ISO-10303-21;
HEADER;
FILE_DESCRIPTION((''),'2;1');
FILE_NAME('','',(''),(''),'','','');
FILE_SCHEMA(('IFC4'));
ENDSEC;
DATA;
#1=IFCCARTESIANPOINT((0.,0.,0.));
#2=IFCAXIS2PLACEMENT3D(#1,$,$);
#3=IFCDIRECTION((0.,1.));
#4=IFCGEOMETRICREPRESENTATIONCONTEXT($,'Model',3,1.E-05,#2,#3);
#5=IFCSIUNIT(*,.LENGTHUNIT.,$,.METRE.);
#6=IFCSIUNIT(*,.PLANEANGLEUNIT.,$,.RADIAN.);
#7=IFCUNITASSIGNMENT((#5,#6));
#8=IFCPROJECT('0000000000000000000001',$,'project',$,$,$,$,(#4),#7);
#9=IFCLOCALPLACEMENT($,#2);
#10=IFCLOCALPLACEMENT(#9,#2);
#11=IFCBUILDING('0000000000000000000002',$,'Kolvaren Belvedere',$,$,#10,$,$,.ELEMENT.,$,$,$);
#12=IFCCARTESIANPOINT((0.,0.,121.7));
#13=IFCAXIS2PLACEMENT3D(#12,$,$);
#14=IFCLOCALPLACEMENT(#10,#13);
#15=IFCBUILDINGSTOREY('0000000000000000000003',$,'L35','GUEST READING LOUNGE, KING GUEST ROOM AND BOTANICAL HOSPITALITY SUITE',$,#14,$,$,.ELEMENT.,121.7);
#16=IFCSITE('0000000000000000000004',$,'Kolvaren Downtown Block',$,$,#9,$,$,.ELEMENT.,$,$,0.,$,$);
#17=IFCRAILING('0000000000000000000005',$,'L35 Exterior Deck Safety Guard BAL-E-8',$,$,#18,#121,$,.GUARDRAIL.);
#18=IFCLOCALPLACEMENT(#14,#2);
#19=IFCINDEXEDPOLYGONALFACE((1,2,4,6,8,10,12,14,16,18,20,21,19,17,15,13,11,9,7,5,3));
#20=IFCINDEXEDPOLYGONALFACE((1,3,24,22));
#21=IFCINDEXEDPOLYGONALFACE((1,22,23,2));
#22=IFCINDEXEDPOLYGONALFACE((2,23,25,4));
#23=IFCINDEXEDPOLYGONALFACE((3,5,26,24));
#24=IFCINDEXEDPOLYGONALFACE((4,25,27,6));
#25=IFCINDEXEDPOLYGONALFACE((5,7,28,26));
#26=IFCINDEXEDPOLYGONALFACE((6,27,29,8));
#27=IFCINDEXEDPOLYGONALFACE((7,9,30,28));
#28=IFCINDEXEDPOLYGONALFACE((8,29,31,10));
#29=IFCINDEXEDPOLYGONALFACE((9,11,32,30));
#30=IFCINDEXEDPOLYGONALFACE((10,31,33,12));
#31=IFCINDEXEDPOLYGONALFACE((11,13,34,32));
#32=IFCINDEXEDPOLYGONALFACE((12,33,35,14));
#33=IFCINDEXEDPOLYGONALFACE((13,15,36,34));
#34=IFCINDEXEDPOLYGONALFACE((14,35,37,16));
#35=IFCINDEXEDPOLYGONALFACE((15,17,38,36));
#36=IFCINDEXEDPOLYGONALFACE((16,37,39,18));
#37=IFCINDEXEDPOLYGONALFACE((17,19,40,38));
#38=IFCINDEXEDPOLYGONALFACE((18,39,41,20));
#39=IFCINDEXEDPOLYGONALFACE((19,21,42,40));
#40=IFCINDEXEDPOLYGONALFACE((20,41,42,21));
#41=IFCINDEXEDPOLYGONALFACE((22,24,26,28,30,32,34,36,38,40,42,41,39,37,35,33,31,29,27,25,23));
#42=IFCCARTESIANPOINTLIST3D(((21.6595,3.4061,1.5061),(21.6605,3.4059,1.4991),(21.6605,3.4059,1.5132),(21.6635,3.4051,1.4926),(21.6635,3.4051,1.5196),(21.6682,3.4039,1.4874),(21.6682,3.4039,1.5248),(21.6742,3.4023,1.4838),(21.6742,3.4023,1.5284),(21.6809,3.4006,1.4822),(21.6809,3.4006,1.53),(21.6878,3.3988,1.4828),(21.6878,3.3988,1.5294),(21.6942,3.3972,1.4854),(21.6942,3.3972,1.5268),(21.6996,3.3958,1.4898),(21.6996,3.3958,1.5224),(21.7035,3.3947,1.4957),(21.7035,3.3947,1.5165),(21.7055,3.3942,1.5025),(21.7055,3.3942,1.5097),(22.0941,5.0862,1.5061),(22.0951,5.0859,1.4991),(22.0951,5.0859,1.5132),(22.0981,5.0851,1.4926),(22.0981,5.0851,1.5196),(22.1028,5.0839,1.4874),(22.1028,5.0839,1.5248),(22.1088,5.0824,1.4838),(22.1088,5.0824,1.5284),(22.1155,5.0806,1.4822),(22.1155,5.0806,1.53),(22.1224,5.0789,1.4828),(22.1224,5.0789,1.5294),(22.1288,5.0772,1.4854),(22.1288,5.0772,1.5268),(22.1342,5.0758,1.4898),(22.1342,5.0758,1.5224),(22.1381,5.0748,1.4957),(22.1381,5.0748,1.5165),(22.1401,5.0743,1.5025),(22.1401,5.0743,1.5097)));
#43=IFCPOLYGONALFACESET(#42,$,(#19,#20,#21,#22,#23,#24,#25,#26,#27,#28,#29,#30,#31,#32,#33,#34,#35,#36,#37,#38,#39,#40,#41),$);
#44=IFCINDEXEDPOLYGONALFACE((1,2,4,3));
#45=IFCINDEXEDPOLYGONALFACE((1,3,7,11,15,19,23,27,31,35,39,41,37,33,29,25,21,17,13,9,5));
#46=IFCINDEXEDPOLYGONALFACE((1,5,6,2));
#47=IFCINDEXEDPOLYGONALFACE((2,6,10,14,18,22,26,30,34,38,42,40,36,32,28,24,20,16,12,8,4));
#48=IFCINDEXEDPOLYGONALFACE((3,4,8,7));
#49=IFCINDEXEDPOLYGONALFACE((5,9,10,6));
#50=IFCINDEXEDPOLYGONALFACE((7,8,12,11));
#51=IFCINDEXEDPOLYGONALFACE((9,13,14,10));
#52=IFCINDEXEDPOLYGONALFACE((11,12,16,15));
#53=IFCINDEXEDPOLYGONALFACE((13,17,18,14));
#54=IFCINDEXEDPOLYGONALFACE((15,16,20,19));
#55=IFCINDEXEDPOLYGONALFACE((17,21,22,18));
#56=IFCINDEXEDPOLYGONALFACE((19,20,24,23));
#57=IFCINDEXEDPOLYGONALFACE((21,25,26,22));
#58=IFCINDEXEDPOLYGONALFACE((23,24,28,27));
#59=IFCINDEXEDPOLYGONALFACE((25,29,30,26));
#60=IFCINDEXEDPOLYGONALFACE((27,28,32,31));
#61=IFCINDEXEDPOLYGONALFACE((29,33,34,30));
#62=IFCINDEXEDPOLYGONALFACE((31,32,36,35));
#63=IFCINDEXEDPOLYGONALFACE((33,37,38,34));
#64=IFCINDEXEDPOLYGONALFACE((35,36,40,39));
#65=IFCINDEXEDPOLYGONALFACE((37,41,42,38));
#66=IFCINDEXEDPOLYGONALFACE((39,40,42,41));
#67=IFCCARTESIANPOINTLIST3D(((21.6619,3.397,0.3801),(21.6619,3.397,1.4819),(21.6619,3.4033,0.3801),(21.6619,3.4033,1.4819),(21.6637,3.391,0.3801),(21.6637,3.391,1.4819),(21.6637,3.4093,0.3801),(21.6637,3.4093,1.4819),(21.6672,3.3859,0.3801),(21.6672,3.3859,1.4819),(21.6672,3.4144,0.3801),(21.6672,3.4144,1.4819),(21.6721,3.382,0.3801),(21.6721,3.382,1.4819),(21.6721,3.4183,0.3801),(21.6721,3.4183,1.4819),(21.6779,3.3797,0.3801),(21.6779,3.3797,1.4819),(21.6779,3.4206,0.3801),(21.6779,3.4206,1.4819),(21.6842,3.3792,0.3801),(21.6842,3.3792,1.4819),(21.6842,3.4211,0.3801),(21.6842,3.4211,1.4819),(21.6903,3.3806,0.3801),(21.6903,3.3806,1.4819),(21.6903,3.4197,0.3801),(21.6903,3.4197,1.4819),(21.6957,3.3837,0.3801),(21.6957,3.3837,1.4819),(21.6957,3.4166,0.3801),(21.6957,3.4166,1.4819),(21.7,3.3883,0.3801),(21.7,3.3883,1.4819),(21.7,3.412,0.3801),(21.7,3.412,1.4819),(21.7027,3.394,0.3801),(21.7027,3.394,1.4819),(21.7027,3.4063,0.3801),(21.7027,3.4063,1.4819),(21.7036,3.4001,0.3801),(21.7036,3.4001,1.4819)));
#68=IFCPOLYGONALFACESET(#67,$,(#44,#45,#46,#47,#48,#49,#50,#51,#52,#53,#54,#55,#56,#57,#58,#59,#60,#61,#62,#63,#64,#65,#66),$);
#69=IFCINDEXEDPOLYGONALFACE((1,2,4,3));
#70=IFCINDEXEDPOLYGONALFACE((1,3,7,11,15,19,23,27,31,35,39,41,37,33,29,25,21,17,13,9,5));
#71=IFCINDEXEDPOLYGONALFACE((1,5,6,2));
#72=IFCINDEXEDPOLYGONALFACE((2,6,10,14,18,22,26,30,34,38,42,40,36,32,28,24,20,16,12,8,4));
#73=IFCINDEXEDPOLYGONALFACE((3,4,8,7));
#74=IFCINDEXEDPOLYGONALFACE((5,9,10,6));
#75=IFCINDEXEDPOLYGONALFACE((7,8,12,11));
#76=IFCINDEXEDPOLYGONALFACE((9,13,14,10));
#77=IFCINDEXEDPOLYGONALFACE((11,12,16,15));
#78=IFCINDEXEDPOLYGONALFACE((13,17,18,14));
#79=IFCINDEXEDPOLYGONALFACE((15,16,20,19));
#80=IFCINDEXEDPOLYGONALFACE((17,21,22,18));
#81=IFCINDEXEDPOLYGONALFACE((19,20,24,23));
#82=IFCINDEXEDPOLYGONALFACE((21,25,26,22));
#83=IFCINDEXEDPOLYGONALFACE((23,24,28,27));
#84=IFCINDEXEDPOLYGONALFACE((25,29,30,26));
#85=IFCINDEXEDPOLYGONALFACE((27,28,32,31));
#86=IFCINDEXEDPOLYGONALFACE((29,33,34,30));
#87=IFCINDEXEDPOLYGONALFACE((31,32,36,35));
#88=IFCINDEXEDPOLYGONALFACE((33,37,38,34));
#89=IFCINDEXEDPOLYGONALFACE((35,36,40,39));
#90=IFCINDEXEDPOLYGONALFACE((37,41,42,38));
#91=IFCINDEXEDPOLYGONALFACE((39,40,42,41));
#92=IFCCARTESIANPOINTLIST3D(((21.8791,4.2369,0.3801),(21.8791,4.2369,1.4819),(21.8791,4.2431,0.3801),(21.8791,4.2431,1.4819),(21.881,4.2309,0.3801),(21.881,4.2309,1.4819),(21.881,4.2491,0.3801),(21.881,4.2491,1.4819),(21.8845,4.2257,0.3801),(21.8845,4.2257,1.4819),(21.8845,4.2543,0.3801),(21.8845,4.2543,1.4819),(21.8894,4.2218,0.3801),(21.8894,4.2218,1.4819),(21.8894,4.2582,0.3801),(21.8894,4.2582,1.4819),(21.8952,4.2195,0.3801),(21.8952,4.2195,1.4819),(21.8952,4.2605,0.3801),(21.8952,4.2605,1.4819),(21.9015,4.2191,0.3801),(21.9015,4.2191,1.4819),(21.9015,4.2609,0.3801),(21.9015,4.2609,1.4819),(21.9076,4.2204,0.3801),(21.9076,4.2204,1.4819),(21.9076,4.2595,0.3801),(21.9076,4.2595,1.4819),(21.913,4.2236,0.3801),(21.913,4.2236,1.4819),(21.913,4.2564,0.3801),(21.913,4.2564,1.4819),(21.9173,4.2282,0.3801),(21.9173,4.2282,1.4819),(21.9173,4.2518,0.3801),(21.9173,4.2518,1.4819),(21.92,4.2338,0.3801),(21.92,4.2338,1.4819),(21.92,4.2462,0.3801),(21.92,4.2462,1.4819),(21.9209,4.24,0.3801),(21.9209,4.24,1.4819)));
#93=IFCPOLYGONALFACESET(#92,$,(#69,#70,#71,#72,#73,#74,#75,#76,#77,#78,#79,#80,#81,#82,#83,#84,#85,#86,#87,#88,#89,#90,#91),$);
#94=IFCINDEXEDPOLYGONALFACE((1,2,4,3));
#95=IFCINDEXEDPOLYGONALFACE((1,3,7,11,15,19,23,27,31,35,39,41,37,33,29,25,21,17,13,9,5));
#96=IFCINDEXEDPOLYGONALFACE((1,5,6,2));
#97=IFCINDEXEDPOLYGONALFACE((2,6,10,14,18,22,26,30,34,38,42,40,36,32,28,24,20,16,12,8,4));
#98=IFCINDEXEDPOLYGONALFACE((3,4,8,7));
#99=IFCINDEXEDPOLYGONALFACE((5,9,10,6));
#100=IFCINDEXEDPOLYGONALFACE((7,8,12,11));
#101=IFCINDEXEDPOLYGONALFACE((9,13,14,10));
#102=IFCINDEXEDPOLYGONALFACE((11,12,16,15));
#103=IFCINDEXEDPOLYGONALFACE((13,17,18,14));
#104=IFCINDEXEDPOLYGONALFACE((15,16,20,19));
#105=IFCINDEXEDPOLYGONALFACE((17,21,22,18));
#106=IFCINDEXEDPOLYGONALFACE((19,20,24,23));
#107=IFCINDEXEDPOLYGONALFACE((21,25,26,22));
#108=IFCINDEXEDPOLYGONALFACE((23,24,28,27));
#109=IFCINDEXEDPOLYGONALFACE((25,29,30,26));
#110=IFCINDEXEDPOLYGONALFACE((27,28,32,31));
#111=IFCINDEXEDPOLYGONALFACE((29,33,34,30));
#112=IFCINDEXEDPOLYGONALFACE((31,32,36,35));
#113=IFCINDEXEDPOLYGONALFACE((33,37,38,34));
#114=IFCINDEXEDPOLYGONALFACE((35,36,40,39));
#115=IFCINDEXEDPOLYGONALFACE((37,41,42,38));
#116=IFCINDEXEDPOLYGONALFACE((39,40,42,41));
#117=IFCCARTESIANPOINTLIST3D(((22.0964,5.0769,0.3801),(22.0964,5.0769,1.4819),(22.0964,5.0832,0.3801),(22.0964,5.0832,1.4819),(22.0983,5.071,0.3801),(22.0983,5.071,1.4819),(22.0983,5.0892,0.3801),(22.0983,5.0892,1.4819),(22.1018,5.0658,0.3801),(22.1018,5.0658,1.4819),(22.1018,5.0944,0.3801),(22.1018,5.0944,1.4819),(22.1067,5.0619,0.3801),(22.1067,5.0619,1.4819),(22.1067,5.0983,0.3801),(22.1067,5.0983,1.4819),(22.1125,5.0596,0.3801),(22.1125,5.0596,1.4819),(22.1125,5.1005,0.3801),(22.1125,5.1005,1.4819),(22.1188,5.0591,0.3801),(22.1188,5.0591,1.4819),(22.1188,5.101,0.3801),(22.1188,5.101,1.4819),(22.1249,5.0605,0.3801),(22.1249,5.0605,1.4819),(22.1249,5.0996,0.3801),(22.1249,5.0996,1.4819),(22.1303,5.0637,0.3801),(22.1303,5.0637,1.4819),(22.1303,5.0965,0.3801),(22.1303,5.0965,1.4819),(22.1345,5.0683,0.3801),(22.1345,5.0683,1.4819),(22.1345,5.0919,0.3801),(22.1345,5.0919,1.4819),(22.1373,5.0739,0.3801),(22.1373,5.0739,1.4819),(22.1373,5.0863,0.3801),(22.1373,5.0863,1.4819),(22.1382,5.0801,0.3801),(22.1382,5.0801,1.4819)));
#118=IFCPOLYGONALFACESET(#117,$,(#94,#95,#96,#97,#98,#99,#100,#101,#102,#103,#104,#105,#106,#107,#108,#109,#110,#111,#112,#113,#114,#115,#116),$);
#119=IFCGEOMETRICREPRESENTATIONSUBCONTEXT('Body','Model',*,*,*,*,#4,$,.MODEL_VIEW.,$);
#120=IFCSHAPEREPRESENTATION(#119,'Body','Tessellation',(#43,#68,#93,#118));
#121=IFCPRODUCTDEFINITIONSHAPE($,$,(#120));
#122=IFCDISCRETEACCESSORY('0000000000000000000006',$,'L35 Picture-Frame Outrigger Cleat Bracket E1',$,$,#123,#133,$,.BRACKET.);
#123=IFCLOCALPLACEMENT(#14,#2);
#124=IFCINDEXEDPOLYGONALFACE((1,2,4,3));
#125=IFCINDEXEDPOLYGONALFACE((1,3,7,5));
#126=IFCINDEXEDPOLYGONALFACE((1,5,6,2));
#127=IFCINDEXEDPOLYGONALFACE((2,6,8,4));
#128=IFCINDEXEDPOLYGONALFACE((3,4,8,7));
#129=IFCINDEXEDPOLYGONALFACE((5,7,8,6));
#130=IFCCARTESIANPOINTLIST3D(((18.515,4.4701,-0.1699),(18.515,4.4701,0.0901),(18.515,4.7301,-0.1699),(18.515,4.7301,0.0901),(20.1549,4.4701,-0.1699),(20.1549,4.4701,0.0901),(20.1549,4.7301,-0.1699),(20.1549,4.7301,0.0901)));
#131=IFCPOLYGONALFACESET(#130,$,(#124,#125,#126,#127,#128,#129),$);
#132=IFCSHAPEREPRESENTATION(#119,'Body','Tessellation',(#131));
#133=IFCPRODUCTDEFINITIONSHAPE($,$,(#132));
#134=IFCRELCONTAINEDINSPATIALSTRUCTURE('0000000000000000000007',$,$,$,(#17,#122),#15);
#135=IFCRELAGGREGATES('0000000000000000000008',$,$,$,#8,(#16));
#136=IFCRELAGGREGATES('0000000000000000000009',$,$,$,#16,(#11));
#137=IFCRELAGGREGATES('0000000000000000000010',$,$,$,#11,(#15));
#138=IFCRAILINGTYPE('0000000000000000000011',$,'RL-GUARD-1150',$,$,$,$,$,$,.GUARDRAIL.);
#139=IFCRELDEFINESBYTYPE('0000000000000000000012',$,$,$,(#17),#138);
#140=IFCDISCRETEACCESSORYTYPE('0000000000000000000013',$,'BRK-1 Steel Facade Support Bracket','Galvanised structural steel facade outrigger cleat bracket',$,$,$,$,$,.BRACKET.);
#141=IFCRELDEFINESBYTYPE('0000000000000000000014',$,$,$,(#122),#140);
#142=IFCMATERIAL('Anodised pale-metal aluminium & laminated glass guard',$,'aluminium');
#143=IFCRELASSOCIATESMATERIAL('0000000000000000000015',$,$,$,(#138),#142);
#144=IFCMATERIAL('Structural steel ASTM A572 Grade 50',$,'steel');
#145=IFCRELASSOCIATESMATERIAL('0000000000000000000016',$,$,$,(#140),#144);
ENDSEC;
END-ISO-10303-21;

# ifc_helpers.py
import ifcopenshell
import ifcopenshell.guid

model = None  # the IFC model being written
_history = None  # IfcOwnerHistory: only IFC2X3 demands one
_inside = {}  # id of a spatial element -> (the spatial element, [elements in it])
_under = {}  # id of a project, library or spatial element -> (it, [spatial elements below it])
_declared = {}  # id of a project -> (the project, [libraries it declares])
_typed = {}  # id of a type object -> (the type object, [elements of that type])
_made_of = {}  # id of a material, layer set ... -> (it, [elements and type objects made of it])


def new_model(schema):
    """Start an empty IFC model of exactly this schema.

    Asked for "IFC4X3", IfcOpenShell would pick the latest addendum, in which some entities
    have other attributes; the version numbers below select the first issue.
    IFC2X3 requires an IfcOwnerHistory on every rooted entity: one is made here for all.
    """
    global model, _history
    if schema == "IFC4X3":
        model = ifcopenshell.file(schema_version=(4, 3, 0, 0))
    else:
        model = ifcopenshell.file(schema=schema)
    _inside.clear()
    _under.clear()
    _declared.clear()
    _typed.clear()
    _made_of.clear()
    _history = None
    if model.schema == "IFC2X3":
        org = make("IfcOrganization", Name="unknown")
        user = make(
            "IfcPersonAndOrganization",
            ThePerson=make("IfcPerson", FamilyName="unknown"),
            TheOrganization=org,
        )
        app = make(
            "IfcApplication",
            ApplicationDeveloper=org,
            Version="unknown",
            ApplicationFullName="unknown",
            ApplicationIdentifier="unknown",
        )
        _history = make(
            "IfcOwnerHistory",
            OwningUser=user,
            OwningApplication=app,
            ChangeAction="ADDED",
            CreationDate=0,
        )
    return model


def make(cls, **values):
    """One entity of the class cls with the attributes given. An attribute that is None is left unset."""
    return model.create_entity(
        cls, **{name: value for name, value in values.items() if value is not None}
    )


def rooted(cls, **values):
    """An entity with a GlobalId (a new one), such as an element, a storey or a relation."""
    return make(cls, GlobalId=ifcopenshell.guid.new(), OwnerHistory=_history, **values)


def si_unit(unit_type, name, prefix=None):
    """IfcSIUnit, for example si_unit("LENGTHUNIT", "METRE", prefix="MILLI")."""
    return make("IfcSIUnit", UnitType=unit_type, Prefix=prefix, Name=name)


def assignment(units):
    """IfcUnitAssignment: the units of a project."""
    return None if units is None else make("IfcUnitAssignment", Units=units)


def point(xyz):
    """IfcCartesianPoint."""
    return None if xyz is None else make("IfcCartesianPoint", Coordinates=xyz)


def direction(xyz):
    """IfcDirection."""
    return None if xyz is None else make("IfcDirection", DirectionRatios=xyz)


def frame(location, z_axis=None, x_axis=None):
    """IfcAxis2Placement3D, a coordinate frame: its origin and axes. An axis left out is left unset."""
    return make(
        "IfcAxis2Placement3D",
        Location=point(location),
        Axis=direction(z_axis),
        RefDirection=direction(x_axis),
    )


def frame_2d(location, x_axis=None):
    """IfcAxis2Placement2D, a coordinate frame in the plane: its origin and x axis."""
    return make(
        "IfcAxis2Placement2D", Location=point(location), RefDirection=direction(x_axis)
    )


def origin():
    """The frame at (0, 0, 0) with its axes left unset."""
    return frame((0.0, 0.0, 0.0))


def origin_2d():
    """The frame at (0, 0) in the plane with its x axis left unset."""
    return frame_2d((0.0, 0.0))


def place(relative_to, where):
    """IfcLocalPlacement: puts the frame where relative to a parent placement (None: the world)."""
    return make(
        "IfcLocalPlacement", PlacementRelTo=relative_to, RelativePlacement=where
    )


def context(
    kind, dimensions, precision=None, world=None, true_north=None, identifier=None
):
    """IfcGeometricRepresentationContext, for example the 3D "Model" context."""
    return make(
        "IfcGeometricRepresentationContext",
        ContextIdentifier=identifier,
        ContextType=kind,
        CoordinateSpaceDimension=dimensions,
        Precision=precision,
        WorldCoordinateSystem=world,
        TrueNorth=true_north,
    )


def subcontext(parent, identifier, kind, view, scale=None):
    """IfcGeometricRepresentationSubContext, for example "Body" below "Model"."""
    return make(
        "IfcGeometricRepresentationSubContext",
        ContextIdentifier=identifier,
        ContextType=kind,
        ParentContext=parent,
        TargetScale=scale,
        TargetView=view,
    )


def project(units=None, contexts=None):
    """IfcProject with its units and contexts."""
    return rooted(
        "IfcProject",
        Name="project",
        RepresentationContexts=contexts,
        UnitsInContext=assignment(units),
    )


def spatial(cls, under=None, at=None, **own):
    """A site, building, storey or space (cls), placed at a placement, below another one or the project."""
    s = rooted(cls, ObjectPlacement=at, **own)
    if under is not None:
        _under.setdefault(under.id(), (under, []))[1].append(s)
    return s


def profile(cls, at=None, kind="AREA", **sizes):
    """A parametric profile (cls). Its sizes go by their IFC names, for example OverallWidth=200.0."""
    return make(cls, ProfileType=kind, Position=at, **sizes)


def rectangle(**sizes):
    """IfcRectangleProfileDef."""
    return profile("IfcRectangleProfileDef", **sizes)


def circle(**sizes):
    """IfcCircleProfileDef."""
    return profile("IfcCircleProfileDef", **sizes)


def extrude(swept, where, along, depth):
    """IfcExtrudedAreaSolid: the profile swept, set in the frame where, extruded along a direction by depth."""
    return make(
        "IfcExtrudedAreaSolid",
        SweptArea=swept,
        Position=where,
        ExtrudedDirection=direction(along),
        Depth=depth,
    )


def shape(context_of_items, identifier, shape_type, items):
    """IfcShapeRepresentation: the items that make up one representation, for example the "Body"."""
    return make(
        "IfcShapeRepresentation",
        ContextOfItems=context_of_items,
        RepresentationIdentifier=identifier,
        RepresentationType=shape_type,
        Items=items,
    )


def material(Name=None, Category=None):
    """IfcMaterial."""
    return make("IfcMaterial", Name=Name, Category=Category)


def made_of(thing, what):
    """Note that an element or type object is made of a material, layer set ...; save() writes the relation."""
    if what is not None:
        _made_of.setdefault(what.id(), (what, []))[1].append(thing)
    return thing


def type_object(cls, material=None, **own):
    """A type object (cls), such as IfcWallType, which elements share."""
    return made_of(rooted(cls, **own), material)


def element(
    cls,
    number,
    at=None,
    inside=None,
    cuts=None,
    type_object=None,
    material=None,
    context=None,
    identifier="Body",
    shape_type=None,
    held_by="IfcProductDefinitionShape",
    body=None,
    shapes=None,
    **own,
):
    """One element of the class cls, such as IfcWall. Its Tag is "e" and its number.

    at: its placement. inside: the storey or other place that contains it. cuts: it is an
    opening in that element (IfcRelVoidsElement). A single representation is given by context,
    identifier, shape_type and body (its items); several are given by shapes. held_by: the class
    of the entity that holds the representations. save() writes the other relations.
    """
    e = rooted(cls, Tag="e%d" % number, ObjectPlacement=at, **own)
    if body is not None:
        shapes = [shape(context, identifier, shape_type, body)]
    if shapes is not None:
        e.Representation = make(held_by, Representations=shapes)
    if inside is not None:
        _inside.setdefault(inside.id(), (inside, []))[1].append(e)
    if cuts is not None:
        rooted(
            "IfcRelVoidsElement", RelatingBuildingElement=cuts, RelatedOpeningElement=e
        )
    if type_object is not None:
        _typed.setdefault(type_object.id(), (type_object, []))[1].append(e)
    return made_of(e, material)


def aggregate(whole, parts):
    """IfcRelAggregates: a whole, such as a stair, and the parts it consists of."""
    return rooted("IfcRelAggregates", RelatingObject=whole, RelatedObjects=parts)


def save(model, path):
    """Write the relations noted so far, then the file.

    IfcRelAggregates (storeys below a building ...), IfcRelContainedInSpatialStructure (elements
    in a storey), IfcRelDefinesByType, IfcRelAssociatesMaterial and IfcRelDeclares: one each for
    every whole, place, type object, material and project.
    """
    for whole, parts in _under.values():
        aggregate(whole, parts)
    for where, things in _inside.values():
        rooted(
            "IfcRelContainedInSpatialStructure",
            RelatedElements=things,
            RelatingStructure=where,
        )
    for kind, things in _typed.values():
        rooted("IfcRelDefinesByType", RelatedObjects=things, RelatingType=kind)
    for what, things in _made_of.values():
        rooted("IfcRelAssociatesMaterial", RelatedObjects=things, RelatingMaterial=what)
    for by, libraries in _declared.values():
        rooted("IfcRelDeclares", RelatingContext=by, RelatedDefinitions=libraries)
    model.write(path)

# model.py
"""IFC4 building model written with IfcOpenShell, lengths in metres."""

from ifc_helpers import new_model, si_unit, direction, frame, origin, origin_2d, place, context, subcontext, project, spatial, rectangle, circle, extrude, material, type_object, element, save


model = new_model("IFC4")

# Units and contexts
model_context = context("Model", 3, precision=1e-05, world=origin(), true_north=direction((0.0, 1.0)))
body_context = subcontext(model_context, "Body", "Model", "MODEL_VIEW")
ifc_project = project(units=[si_unit("LENGTHUNIT", "METRE"), si_unit("PLANEANGLEUNIT", "RADIAN")], contexts=[model_context])

# Site, building, storey
site_placement = place(None, origin())
site = spatial("IfcSite", under=ifc_project, at=site_placement, Name="Kolvaren Downtown Block", CompositionType="ELEMENT", RefElevation=0.0)
building_placement = place(site_placement, origin())
building = spatial("IfcBuilding", under=site, at=building_placement, Name="Kolvaren Belvedere", CompositionType="ELEMENT")
storey_placement = place(building_placement, frame((0.0, 0.0, 121.7)))
storey = spatial("IfcBuildingStorey", under=building, at=storey_placement, Name="L35", Description="GUEST READING LOUNGE, KING GUEST ROOM AND BOTANICAL HOSPITALITY SUITE", CompositionType="ELEMENT", Elevation=121.7)

# Railing
ifc_material_1 = material(Name="Anodised pale-metal aluminium & laminated glass guard", Category="aluminium")
railing_type = type_object("IfcRailingType", Name="RL-GUARD-1150", PredefinedType="GUARDRAIL", material=ifc_material_1)
railing_1_placement = place(storey_placement, frame((21.6826, 3.4001, 0.3801)))
element("IfcRailing", 1, at=railing_1_placement, inside=storey, type_object=railing_type, Name="L35 Exterior Deck Safety Guard BAL-E-8", PredefinedType="GUARDRAIL", context=body_context, shape_type="SweptSolid", body=[
    extrude(circle(Radius=0.0239, at=origin_2d()), frame((0.0, 0.0, 1.126), z_axis=(0.25044, 0.968132, 0.0), x_axis=(-0.968132, 0.25044, 0.0)), (0.0, 0.0, 1.0), 1.7354),
    extrude(circle(Radius=0.021, at=origin_2d()), origin(), (0.0, 0.0, 1.0), 1.1018),
    extrude(circle(Radius=0.021, at=origin_2d()), frame((0.2173, 0.8398, 0.0)), (0.0, 0.0, 1.0), 1.1018),
    extrude(circle(Radius=0.021, at=origin_2d()), frame((0.4346, 1.6799, 0.0)), (0.0, 0.0, 1.0), 1.1018),
])

# Discrete accessory
ifc_material_2 = material(Name="Structural steel ASTM A572 Grade 50", Category="steel")
discrete_accessory_type = type_object("IfcDiscreteAccessoryType", Name="BRK-1 Steel Facade Support Bracket", Description="Galvanised structural steel facade outrigger cleat bracket", PredefinedType="BRACKET", material=ifc_material_2)
discrete_accessory_placement = place(storey_placement, frame((19.335, 4.6001, -0.1699), z_axis=(0.0, 0.0, 1.0), x_axis=(1.0, 0.0, 0.0)))
element("IfcDiscreteAccessory", 2, at=discrete_accessory_placement, inside=storey, type_object=discrete_accessory_type, Name="L35 Picture-Frame Outrigger Cleat Bracket E1", PredefinedType="BRACKET", context=body_context, shape_type="SweptSolid", body=[
    extrude(rectangle(XDim=1.6399, YDim=0.26, at=origin_2d()), origin(), (0.0, 0.0, 1.0), 0.26),
])

save(model, "model.ifc")
